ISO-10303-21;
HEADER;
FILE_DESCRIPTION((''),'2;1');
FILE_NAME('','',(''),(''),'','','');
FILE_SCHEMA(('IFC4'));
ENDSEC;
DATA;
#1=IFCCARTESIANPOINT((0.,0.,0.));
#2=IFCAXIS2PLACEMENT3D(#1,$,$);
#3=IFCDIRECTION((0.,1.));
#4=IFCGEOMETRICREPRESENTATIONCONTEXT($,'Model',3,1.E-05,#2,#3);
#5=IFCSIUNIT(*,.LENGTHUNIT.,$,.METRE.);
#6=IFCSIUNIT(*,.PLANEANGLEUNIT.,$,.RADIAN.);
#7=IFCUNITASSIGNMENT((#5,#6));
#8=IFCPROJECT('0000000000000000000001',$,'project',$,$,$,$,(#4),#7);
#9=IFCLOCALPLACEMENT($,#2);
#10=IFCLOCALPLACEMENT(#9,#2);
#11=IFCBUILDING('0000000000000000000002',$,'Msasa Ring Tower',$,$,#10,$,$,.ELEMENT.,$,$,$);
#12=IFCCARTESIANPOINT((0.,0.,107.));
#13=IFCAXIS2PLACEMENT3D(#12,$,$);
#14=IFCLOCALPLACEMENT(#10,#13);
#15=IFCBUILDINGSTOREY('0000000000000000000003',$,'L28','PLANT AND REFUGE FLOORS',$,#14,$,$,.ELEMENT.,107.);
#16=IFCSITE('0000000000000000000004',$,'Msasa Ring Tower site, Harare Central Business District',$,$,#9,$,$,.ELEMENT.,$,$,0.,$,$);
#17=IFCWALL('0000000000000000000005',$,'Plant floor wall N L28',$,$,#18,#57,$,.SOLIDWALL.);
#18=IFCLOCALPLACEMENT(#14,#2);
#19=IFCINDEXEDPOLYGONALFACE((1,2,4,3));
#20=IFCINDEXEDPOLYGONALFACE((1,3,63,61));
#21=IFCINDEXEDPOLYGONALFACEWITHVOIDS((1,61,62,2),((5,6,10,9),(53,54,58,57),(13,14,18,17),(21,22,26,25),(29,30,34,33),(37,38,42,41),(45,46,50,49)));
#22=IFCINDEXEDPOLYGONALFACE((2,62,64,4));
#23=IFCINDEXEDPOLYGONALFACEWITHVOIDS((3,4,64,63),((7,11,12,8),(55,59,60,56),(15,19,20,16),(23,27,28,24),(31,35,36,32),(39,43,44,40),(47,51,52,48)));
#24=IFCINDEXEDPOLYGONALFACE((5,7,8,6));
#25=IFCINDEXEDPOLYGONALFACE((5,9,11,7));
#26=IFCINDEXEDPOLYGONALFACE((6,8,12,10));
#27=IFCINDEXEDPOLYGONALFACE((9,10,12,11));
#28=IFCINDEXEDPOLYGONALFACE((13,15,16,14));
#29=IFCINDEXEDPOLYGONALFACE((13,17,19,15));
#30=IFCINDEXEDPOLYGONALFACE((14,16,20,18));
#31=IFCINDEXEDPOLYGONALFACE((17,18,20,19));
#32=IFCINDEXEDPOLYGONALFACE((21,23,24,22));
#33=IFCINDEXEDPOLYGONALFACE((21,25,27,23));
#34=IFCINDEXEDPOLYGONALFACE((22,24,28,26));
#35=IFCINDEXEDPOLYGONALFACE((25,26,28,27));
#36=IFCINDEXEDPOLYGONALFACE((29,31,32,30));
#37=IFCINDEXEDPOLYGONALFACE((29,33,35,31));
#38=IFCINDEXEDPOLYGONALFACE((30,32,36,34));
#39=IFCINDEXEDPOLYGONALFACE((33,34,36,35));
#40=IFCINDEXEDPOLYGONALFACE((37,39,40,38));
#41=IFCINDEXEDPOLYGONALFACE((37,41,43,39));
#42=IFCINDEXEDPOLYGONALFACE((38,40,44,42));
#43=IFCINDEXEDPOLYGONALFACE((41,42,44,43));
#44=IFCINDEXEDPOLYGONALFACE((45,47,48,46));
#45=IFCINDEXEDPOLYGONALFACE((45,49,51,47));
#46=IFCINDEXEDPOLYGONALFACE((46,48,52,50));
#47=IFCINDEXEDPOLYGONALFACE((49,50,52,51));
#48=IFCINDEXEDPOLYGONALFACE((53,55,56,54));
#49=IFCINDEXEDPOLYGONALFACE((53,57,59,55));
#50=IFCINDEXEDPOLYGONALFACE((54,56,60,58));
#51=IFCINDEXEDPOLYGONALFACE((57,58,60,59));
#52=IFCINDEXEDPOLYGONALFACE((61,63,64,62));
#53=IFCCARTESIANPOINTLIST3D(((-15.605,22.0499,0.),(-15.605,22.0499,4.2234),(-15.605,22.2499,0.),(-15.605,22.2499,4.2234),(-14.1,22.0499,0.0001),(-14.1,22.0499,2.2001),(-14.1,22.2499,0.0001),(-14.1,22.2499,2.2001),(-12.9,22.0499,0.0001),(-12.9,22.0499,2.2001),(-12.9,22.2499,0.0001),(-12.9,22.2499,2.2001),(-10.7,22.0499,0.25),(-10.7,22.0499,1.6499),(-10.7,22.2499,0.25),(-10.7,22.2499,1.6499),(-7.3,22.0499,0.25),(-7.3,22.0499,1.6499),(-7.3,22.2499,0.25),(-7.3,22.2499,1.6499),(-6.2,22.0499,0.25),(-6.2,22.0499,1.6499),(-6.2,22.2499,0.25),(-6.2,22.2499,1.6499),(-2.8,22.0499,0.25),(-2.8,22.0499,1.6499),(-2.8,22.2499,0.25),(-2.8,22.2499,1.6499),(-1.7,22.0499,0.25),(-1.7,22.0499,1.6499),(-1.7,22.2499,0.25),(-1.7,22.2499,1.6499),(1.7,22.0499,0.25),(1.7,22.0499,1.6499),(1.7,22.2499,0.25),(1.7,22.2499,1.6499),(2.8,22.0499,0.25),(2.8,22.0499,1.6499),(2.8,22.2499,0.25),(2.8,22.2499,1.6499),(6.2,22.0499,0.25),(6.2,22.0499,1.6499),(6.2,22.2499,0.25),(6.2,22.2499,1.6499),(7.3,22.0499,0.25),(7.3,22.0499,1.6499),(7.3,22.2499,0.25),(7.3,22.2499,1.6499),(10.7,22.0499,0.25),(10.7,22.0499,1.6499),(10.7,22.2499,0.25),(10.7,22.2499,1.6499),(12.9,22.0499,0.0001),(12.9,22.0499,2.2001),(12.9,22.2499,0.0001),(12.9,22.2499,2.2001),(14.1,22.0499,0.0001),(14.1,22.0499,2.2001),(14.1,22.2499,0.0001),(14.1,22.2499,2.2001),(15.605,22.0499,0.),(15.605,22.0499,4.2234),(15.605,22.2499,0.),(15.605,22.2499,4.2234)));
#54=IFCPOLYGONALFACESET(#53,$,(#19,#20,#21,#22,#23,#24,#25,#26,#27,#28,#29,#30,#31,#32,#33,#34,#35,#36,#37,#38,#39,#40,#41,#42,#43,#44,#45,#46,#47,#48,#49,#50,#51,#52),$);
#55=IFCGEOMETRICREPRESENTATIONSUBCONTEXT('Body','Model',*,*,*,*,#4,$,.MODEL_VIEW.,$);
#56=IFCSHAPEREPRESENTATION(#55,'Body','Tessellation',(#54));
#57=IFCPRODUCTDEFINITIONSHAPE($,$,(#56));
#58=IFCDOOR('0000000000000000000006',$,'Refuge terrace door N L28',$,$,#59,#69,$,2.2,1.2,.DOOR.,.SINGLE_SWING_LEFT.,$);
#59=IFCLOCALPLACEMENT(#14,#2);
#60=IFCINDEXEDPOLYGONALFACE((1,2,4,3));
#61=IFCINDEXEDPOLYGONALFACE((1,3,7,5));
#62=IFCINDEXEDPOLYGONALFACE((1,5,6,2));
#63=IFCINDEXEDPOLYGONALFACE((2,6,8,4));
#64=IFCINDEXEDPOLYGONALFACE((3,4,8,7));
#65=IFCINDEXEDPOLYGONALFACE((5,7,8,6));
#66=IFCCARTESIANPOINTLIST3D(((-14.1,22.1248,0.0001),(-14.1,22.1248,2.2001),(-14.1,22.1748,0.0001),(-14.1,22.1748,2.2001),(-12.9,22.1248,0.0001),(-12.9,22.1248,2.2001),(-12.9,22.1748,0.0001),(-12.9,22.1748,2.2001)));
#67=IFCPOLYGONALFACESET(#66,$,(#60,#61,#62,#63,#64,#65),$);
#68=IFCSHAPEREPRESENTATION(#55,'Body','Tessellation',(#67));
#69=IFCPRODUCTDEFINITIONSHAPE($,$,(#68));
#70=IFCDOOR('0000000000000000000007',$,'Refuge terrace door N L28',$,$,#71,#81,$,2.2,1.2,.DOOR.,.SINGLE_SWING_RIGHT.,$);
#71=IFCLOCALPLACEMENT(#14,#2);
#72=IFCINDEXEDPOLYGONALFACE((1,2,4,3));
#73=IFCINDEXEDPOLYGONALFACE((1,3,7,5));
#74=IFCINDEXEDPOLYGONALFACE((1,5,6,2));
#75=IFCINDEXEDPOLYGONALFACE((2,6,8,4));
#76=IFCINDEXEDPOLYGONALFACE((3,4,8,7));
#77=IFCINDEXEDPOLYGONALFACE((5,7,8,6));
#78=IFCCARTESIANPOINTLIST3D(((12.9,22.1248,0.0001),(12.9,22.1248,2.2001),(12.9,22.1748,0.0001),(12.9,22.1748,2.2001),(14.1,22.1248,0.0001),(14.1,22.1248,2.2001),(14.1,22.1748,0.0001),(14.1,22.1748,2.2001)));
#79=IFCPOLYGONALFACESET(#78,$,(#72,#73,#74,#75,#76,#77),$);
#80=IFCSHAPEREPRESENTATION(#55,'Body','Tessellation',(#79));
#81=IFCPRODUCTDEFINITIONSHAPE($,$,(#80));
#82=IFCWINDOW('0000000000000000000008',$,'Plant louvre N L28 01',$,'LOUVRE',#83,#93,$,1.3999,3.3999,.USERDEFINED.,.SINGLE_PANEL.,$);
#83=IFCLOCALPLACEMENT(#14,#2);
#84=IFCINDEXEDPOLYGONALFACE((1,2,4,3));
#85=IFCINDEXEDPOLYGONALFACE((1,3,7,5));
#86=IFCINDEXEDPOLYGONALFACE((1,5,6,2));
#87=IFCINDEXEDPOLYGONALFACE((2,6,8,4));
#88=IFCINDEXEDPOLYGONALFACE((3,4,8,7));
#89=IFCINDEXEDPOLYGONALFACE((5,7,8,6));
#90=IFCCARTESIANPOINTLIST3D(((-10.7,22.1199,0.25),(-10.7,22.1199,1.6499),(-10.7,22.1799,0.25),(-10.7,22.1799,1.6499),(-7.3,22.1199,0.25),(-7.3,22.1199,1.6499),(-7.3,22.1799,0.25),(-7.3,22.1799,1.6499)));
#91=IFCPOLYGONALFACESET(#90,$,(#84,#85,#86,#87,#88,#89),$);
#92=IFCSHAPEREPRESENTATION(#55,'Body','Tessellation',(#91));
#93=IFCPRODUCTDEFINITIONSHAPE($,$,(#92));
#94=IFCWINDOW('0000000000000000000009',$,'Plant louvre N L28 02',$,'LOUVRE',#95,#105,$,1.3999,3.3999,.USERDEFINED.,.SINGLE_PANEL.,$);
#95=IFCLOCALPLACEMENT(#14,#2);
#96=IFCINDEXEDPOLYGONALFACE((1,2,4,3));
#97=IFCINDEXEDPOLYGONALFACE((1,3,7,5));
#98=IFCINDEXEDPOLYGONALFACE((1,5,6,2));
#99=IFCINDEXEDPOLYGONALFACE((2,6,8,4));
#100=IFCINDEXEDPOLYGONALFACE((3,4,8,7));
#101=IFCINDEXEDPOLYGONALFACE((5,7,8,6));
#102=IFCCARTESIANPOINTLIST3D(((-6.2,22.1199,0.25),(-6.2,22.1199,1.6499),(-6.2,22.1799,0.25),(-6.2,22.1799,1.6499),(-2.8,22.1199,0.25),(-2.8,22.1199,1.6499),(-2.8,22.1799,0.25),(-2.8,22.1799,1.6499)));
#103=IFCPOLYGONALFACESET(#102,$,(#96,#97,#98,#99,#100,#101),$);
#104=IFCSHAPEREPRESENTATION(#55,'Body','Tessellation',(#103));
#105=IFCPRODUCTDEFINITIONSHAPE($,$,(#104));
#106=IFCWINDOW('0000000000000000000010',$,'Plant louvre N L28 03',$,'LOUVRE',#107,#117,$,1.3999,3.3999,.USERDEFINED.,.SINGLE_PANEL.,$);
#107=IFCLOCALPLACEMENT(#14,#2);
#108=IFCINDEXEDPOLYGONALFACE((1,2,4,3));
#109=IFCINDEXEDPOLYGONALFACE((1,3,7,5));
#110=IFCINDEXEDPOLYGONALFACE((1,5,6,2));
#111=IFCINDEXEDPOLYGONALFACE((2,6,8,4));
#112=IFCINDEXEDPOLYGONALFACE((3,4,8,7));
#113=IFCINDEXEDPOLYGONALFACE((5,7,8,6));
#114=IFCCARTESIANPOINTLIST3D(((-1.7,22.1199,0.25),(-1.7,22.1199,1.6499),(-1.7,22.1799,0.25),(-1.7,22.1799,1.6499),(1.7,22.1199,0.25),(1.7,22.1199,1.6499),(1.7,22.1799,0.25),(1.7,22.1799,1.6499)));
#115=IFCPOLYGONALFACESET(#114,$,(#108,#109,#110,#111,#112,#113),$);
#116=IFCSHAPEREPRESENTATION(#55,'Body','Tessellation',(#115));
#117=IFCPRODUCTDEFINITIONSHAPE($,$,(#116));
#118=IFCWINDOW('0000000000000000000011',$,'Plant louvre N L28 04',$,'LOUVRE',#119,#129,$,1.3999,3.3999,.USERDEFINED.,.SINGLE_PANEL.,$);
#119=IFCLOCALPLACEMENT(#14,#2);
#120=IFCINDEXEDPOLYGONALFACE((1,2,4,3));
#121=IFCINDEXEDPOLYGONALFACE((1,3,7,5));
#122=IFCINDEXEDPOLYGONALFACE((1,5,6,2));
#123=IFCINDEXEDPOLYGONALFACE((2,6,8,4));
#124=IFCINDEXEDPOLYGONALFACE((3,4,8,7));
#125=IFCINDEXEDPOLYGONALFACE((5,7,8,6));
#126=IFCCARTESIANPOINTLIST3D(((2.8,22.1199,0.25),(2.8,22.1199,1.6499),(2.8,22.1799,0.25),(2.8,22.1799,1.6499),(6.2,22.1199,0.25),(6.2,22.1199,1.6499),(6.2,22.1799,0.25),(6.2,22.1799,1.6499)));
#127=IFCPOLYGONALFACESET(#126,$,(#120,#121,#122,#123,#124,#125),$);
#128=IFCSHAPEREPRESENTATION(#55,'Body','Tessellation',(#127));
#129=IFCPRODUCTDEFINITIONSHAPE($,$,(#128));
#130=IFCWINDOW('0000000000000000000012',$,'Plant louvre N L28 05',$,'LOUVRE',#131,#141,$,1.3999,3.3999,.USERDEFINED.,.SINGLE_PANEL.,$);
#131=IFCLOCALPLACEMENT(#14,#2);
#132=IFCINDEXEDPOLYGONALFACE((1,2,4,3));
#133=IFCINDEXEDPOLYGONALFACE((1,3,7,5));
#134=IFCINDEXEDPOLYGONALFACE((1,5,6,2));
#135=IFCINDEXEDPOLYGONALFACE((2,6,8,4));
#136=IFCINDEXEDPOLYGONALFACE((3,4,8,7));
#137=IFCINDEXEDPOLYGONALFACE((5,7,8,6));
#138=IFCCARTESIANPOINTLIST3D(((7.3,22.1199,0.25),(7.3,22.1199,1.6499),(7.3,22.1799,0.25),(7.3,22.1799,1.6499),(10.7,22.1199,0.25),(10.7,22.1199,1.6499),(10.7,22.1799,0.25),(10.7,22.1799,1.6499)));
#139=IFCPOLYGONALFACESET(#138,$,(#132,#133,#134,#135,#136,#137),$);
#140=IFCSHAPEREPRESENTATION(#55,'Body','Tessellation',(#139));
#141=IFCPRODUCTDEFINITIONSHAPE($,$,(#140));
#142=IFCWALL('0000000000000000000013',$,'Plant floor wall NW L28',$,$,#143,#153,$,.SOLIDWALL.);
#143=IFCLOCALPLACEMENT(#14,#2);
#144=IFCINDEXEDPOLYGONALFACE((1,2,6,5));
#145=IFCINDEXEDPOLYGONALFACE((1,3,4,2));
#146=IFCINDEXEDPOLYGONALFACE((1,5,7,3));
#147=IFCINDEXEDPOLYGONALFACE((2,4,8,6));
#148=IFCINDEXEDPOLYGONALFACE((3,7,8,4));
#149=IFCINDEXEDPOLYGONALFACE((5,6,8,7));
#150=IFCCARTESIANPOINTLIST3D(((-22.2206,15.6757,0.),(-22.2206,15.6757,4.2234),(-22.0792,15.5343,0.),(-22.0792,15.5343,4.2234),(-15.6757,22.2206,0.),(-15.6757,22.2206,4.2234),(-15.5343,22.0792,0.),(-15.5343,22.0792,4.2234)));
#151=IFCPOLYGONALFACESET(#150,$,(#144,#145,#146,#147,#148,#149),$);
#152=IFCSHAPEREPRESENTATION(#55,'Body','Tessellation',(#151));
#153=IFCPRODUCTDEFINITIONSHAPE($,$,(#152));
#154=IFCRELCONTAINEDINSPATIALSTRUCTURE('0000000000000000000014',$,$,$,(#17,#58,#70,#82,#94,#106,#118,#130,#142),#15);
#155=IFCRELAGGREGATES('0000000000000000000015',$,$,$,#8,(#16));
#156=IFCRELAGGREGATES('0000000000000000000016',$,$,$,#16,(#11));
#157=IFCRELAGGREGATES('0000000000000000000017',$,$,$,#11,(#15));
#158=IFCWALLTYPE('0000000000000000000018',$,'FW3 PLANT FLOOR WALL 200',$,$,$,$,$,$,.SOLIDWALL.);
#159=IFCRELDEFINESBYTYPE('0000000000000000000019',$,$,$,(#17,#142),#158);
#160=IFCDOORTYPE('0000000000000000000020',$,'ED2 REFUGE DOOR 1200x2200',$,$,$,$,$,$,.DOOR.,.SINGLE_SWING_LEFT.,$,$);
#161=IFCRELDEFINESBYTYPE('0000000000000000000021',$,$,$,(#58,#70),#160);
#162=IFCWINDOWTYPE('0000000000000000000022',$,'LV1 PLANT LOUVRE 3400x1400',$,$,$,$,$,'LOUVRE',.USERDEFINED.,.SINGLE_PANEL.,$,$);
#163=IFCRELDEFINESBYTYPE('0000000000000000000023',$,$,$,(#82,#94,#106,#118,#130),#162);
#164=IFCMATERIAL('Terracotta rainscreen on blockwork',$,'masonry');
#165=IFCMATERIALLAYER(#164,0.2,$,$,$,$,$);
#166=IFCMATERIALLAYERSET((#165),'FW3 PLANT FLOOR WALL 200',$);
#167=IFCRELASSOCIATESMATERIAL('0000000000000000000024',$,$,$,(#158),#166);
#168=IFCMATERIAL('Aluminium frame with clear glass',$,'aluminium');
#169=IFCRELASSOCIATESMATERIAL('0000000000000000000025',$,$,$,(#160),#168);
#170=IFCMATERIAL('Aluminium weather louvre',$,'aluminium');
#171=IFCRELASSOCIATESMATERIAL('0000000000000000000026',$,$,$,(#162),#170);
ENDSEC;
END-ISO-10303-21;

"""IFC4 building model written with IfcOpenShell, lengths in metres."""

from ifc_helpers import new_model, si_unit, direction, frame, frame_2d, origin, place, context, subcontext, project, spatial, rectangle, extrude, material, layer, layer_set, type_object, element, fill, save


model = new_model("IFC4")

# Units and contexts
model_context = context("Model", 3, precision=1e-05, world=origin(), true_north=direction((0.0, 1.0)))
body_context = subcontext(model_context, "Body", "Model", "MODEL_VIEW")
ifc_project = project(units=[si_unit("LENGTHUNIT", "METRE"), si_unit("PLANEANGLEUNIT", "RADIAN")], contexts=[model_context])

# Site, building, storey
site_placement = place(None, origin())
site = spatial("IfcSite", under=ifc_project, at=site_placement, Name="Msasa Ring Tower site, Harare Central Business District", CompositionType="ELEMENT", RefElevation=0.0)
building_placement = place(site_placement, origin())
building = spatial("IfcBuilding", under=site, at=building_placement, Name="Msasa Ring Tower", CompositionType="ELEMENT")
storey_placement = place(building_placement, frame((0.0, 0.0, 107.0)))
storey = spatial("IfcBuildingStorey", under=building, at=storey_placement, Name="L28", Description="PLANT AND REFUGE FLOORS", CompositionType="ELEMENT", Elevation=107.0)

# Wall, openings, doors, windows
ifc_material_1 = material(Name="Terracotta rainscreen on blockwork", Category="masonry")
ifc_layer = layer(ifc_material_1, 0.2)
ifc_layer_set = layer_set([ifc_layer], Name="FW3 PLANT FLOOR WALL 200")
wall_type = type_object("IfcWallType", Name="FW3 PLANT FLOOR WALL 200", PredefinedType="SOLIDWALL", material=ifc_layer_set)
wall_1_placement = place(storey_placement, frame((-15.605, 22.1499, 0.0), z_axis=(0.0, 0.0, 1.0), x_axis=(1.0, 0.0, 0.0)))
wall_1 = element("IfcWall", 1, at=wall_1_placement, inside=storey, type_object=wall_type, Name="Plant floor wall N L28", PredefinedType="SOLIDWALL", context=body_context, shape_type="SweptSolid", body=[
    extrude(rectangle(XDim=31.21, YDim=0.2, at=frame_2d((15.605, 0.0))), origin(), (0.0, 0.0, 1.0), 4.2234),
])
opening_1_placement = place(wall_1_placement, frame((1.5049, 0.0, 0.0)))
opening_1 = element("IfcOpeningElement", 2, at=opening_1_placement, cuts=wall_1, PredefinedType="OPENING", context=body_context, shape_type="SweptSolid", body=[
    extrude(rectangle(XDim=1.2, YDim=2.2, at=frame_2d((0.6001, 1.1001))), frame((0.0, 0.1099, 0.0), z_axis=(0.0, -1.0, 0.0), x_axis=(1.0, 0.0, 0.0)), (0.0, 0.0, 1.0), 0.22),
])
opening_2_placement = place(wall_1_placement, frame((4.905, 0.0, 0.25)))
opening_2 = element("IfcOpeningElement", 3, at=opening_2_placement, cuts=wall_1, PredefinedType="OPENING", context=body_context, shape_type="SweptSolid", body=[
    extrude(rectangle(XDim=3.3999, YDim=1.3999, at=frame_2d((1.7, 0.7))), frame((0.0, 0.1099, 0.0), z_axis=(0.0, -1.0, 0.0), x_axis=(1.0, 0.0, 0.0)), (0.0, 0.0, 1.0), 0.22),
])
opening_3_placement = place(wall_1_placement, frame((9.405, 0.0, 0.25)))
opening_3 = element("IfcOpeningElement", 4, at=opening_3_placement, cuts=wall_1, PredefinedType="OPENING", context=body_context, shape_type="SweptSolid", body=[
    extrude(rectangle(XDim=3.3999, YDim=1.3999, at=frame_2d((1.7, 0.7))), frame((0.0, 0.1099, 0.0), z_axis=(0.0, -1.0, 0.0), x_axis=(1.0, 0.0, 0.0)), (0.0, 0.0, 1.0), 0.22),
])
opening_4_placement = place(wall_1_placement, frame((13.905, 0.0, 0.25)))
opening_4 = element("IfcOpeningElement", 5, at=opening_4_placement, cuts=wall_1, PredefinedType="OPENING", context=body_context, shape_type="SweptSolid", body=[
    extrude(rectangle(XDim=3.3999, YDim=1.3999, at=frame_2d((1.7, 0.7))), frame((0.0, 0.1099, 0.0), z_axis=(0.0, -1.0, 0.0), x_axis=(1.0, 0.0, 0.0)), (0.0, 0.0, 1.0), 0.22),
])
opening_5_placement = place(wall_1_placement, frame((18.405, 0.0, 0.25)))
opening_5 = element("IfcOpeningElement", 6, at=opening_5_placement, cuts=wall_1, PredefinedType="OPENING", context=body_context, shape_type="SweptSolid", body=[
    extrude(rectangle(XDim=3.3999, YDim=1.3999, at=frame_2d((1.7, 0.7))), frame((0.0, 0.1099, 0.0), z_axis=(0.0, -1.0, 0.0), x_axis=(1.0, 0.0, 0.0)), (0.0, 0.0, 1.0), 0.22),
])
opening_6_placement = place(wall_1_placement, frame((22.905, 0.0, 0.25)))
opening_6 = element("IfcOpeningElement", 7, at=opening_6_placement, cuts=wall_1, PredefinedType="OPENING", context=body_context, shape_type="SweptSolid", body=[
    extrude(rectangle(XDim=3.3999, YDim=1.3999, at=frame_2d((1.7, 0.7))), frame((0.0, 0.1099, 0.0), z_axis=(0.0, -1.0, 0.0), x_axis=(1.0, 0.0, 0.0)), (0.0, 0.0, 1.0), 0.22),
])
opening_7_placement = place(wall_1_placement, frame((28.5049, 0.0, 0.0)))
opening_7 = element("IfcOpeningElement", 8, at=opening_7_placement, cuts=wall_1, PredefinedType="OPENING", context=body_context, shape_type="SweptSolid", body=[
    extrude(rectangle(XDim=1.2, YDim=2.2, at=frame_2d((0.6001, 1.1001))), frame((0.0, 0.1099, 0.0), z_axis=(0.0, -1.0, 0.0), x_axis=(1.0, 0.0, 0.0)), (0.0, 0.0, 1.0), 0.22),
])
ifc_material_2 = material(Name="Aluminium frame with clear glass", Category="aluminium")
door_type = type_object("IfcDoorType", Name="ED2 REFUGE DOOR 1200x2200", OperationType="SINGLE_SWING_LEFT", PredefinedType="DOOR", material=ifc_material_2)
door_1_placement = place(opening_1_placement, origin())
door_1 = element("IfcDoor", 9, at=door_1_placement, inside=storey, type_object=door_type, Name="Refuge terrace door N L28", OperationType="SINGLE_SWING_LEFT", OverallHeight=2.2, OverallWidth=1.2, PredefinedType="DOOR", context=body_context, shape_type="SweptSolid", body=[
    extrude(rectangle(XDim=1.2, YDim=2.2, at=frame_2d((0.6001, 1.1001))), frame((0.0, 0.0249, 0.0), z_axis=(0.0, -1.0, 0.0), x_axis=(1.0, 0.0, 0.0)), (0.0, 0.0, 1.0), 0.05),
])
fill(opening_1, door_1)
door_2_placement = place(opening_7_placement, origin())
door_2 = element("IfcDoor", 10, at=door_2_placement, inside=storey, type_object=door_type, Name="Refuge terrace door N L28", OperationType="SINGLE_SWING_RIGHT", OverallHeight=2.2, OverallWidth=1.2, PredefinedType="DOOR", context=body_context, shape_type="SweptSolid", body=[
    extrude(rectangle(XDim=1.2, YDim=2.2, at=frame_2d((0.6001, 1.1001))), frame((0.0, 0.0249, 0.0), z_axis=(0.0, -1.0, 0.0), x_axis=(1.0, 0.0, 0.0)), (0.0, 0.0, 1.0), 0.05),
])
fill(opening_7, door_2)
ifc_material_3 = material(Name="Aluminium weather louvre", Category="aluminium")
window_type = type_object("IfcWindowType", Name="LV1 PLANT LOUVRE 3400x1400", ElementType="LOUVRE", PartitioningType="SINGLE_PANEL", PredefinedType="USERDEFINED", material=ifc_material_3)
window_1_placement = place(opening_2_placement, origin())
window_1 = element("IfcWindow", 11, at=window_1_placement, inside=storey, type_object=window_type, Name="Plant louvre N L28 01", ObjectType="LOUVRE", OverallHeight=1.3999, OverallWidth=3.3999, PartitioningType="SINGLE_PANEL", PredefinedType="USERDEFINED", context=body_context, shape_type="SweptSolid", body=[
    extrude(rectangle(XDim=3.3999, YDim=1.3999, at=frame_2d((1.7, 0.7))), frame((0.0, 0.03, 0.0), z_axis=(0.0, -1.0, 0.0), x_axis=(1.0, 0.0, 0.0)), (0.0, 0.0, 1.0), 0.0601),
])
fill(opening_2, window_1)
window_2_placement = place(opening_3_placement, origin())
window_2 = element("IfcWindow", 12, at=window_2_placement, inside=storey, type_object=window_type, Name="Plant louvre N L28 02", ObjectType="LOUVRE", OverallHeight=1.3999, OverallWidth=3.3999, PartitioningType="SINGLE_PANEL", PredefinedType="USERDEFINED", context=body_context, shape_type="SweptSolid", body=[
    extrude(rectangle(XDim=3.3999, YDim=1.3999, at=frame_2d((1.7, 0.7))), frame((0.0, 0.03, 0.0), z_axis=(0.0, -1.0, 0.0), x_axis=(1.0, 0.0, 0.0)), (0.0, 0.0, 1.0), 0.0601),
])
fill(opening_3, window_2)
window_3_placement = place(opening_4_placement, origin())
window_3 = element("IfcWindow", 13, at=window_3_placement, inside=storey, type_object=window_type, Name="Plant louvre N L28 03", ObjectType="LOUVRE", OverallHeight=1.3999, OverallWidth=3.3999, PartitioningType="SINGLE_PANEL", PredefinedType="USERDEFINED", context=body_context, shape_type="SweptSolid", body=[
    extrude(rectangle(XDim=3.3999, YDim=1.3999, at=frame_2d((1.7, 0.7))), frame((0.0, 0.03, 0.0), z_axis=(0.0, -1.0, 0.0), x_axis=(1.0, 0.0, 0.0)), (0.0, 0.0, 1.0), 0.0601),
])
fill(opening_4, window_3)
window_4_placement = place(opening_5_placement, origin())
window_4 = element("IfcWindow", 14, at=window_4_placement, inside=storey, type_object=window_type, Name="Plant louvre N L28 04", ObjectType="LOUVRE", OverallHeight=1.3999, OverallWidth=3.3999, PartitioningType="SINGLE_PANEL", PredefinedType="USERDEFINED", context=body_context, shape_type="SweptSolid", body=[
    extrude(rectangle(XDim=3.3999, YDim=1.3999, at=frame_2d((1.7, 0.7))), frame((0.0, 0.03, 0.0), z_axis=(0.0, -1.0, 0.0), x_axis=(1.0, 0.0, 0.0)), (0.0, 0.0, 1.0), 0.0601),
])
fill(opening_5, window_4)
window_5_placement = place(opening_6_placement, origin())
window_5 = element("IfcWindow", 15, at=window_5_placement, inside=storey, type_object=window_type, Name="Plant louvre N L28 05", ObjectType="LOUVRE", OverallHeight=1.3999, OverallWidth=3.3999, PartitioningType="SINGLE_PANEL", PredefinedType="USERDEFINED", context=body_context, shape_type="SweptSolid", body=[
    extrude(rectangle(XDim=3.3999, YDim=1.3999, at=frame_2d((1.7, 0.7))), frame((0.0, 0.03, 0.0), z_axis=(0.0, -1.0, 0.0), x_axis=(1.0, 0.0, 0.0)), (0.0, 0.0, 1.0), 0.0601),
])
fill(opening_6, window_5)

# Wall
wall_2_placement = place(storey_placement, frame((-22.1499, 15.605, 0.0), z_axis=(0.0, 0.0, 1.0), x_axis=(0.707107, 0.707107, 0.0)))
element("IfcWall", 16, at=wall_2_placement, inside=storey, type_object=wall_type, Name="Plant floor wall NW L28", PredefinedType="SOLIDWALL", context=body_context, shape_type="SweptSolid", body=[
    extrude(rectangle(XDim=9.2559, YDim=0.2, at=frame_2d((4.6279, 0.0))), origin(), (0.0, 0.0, 1.0), 4.2234),
])

save(model, "model.ifc")
